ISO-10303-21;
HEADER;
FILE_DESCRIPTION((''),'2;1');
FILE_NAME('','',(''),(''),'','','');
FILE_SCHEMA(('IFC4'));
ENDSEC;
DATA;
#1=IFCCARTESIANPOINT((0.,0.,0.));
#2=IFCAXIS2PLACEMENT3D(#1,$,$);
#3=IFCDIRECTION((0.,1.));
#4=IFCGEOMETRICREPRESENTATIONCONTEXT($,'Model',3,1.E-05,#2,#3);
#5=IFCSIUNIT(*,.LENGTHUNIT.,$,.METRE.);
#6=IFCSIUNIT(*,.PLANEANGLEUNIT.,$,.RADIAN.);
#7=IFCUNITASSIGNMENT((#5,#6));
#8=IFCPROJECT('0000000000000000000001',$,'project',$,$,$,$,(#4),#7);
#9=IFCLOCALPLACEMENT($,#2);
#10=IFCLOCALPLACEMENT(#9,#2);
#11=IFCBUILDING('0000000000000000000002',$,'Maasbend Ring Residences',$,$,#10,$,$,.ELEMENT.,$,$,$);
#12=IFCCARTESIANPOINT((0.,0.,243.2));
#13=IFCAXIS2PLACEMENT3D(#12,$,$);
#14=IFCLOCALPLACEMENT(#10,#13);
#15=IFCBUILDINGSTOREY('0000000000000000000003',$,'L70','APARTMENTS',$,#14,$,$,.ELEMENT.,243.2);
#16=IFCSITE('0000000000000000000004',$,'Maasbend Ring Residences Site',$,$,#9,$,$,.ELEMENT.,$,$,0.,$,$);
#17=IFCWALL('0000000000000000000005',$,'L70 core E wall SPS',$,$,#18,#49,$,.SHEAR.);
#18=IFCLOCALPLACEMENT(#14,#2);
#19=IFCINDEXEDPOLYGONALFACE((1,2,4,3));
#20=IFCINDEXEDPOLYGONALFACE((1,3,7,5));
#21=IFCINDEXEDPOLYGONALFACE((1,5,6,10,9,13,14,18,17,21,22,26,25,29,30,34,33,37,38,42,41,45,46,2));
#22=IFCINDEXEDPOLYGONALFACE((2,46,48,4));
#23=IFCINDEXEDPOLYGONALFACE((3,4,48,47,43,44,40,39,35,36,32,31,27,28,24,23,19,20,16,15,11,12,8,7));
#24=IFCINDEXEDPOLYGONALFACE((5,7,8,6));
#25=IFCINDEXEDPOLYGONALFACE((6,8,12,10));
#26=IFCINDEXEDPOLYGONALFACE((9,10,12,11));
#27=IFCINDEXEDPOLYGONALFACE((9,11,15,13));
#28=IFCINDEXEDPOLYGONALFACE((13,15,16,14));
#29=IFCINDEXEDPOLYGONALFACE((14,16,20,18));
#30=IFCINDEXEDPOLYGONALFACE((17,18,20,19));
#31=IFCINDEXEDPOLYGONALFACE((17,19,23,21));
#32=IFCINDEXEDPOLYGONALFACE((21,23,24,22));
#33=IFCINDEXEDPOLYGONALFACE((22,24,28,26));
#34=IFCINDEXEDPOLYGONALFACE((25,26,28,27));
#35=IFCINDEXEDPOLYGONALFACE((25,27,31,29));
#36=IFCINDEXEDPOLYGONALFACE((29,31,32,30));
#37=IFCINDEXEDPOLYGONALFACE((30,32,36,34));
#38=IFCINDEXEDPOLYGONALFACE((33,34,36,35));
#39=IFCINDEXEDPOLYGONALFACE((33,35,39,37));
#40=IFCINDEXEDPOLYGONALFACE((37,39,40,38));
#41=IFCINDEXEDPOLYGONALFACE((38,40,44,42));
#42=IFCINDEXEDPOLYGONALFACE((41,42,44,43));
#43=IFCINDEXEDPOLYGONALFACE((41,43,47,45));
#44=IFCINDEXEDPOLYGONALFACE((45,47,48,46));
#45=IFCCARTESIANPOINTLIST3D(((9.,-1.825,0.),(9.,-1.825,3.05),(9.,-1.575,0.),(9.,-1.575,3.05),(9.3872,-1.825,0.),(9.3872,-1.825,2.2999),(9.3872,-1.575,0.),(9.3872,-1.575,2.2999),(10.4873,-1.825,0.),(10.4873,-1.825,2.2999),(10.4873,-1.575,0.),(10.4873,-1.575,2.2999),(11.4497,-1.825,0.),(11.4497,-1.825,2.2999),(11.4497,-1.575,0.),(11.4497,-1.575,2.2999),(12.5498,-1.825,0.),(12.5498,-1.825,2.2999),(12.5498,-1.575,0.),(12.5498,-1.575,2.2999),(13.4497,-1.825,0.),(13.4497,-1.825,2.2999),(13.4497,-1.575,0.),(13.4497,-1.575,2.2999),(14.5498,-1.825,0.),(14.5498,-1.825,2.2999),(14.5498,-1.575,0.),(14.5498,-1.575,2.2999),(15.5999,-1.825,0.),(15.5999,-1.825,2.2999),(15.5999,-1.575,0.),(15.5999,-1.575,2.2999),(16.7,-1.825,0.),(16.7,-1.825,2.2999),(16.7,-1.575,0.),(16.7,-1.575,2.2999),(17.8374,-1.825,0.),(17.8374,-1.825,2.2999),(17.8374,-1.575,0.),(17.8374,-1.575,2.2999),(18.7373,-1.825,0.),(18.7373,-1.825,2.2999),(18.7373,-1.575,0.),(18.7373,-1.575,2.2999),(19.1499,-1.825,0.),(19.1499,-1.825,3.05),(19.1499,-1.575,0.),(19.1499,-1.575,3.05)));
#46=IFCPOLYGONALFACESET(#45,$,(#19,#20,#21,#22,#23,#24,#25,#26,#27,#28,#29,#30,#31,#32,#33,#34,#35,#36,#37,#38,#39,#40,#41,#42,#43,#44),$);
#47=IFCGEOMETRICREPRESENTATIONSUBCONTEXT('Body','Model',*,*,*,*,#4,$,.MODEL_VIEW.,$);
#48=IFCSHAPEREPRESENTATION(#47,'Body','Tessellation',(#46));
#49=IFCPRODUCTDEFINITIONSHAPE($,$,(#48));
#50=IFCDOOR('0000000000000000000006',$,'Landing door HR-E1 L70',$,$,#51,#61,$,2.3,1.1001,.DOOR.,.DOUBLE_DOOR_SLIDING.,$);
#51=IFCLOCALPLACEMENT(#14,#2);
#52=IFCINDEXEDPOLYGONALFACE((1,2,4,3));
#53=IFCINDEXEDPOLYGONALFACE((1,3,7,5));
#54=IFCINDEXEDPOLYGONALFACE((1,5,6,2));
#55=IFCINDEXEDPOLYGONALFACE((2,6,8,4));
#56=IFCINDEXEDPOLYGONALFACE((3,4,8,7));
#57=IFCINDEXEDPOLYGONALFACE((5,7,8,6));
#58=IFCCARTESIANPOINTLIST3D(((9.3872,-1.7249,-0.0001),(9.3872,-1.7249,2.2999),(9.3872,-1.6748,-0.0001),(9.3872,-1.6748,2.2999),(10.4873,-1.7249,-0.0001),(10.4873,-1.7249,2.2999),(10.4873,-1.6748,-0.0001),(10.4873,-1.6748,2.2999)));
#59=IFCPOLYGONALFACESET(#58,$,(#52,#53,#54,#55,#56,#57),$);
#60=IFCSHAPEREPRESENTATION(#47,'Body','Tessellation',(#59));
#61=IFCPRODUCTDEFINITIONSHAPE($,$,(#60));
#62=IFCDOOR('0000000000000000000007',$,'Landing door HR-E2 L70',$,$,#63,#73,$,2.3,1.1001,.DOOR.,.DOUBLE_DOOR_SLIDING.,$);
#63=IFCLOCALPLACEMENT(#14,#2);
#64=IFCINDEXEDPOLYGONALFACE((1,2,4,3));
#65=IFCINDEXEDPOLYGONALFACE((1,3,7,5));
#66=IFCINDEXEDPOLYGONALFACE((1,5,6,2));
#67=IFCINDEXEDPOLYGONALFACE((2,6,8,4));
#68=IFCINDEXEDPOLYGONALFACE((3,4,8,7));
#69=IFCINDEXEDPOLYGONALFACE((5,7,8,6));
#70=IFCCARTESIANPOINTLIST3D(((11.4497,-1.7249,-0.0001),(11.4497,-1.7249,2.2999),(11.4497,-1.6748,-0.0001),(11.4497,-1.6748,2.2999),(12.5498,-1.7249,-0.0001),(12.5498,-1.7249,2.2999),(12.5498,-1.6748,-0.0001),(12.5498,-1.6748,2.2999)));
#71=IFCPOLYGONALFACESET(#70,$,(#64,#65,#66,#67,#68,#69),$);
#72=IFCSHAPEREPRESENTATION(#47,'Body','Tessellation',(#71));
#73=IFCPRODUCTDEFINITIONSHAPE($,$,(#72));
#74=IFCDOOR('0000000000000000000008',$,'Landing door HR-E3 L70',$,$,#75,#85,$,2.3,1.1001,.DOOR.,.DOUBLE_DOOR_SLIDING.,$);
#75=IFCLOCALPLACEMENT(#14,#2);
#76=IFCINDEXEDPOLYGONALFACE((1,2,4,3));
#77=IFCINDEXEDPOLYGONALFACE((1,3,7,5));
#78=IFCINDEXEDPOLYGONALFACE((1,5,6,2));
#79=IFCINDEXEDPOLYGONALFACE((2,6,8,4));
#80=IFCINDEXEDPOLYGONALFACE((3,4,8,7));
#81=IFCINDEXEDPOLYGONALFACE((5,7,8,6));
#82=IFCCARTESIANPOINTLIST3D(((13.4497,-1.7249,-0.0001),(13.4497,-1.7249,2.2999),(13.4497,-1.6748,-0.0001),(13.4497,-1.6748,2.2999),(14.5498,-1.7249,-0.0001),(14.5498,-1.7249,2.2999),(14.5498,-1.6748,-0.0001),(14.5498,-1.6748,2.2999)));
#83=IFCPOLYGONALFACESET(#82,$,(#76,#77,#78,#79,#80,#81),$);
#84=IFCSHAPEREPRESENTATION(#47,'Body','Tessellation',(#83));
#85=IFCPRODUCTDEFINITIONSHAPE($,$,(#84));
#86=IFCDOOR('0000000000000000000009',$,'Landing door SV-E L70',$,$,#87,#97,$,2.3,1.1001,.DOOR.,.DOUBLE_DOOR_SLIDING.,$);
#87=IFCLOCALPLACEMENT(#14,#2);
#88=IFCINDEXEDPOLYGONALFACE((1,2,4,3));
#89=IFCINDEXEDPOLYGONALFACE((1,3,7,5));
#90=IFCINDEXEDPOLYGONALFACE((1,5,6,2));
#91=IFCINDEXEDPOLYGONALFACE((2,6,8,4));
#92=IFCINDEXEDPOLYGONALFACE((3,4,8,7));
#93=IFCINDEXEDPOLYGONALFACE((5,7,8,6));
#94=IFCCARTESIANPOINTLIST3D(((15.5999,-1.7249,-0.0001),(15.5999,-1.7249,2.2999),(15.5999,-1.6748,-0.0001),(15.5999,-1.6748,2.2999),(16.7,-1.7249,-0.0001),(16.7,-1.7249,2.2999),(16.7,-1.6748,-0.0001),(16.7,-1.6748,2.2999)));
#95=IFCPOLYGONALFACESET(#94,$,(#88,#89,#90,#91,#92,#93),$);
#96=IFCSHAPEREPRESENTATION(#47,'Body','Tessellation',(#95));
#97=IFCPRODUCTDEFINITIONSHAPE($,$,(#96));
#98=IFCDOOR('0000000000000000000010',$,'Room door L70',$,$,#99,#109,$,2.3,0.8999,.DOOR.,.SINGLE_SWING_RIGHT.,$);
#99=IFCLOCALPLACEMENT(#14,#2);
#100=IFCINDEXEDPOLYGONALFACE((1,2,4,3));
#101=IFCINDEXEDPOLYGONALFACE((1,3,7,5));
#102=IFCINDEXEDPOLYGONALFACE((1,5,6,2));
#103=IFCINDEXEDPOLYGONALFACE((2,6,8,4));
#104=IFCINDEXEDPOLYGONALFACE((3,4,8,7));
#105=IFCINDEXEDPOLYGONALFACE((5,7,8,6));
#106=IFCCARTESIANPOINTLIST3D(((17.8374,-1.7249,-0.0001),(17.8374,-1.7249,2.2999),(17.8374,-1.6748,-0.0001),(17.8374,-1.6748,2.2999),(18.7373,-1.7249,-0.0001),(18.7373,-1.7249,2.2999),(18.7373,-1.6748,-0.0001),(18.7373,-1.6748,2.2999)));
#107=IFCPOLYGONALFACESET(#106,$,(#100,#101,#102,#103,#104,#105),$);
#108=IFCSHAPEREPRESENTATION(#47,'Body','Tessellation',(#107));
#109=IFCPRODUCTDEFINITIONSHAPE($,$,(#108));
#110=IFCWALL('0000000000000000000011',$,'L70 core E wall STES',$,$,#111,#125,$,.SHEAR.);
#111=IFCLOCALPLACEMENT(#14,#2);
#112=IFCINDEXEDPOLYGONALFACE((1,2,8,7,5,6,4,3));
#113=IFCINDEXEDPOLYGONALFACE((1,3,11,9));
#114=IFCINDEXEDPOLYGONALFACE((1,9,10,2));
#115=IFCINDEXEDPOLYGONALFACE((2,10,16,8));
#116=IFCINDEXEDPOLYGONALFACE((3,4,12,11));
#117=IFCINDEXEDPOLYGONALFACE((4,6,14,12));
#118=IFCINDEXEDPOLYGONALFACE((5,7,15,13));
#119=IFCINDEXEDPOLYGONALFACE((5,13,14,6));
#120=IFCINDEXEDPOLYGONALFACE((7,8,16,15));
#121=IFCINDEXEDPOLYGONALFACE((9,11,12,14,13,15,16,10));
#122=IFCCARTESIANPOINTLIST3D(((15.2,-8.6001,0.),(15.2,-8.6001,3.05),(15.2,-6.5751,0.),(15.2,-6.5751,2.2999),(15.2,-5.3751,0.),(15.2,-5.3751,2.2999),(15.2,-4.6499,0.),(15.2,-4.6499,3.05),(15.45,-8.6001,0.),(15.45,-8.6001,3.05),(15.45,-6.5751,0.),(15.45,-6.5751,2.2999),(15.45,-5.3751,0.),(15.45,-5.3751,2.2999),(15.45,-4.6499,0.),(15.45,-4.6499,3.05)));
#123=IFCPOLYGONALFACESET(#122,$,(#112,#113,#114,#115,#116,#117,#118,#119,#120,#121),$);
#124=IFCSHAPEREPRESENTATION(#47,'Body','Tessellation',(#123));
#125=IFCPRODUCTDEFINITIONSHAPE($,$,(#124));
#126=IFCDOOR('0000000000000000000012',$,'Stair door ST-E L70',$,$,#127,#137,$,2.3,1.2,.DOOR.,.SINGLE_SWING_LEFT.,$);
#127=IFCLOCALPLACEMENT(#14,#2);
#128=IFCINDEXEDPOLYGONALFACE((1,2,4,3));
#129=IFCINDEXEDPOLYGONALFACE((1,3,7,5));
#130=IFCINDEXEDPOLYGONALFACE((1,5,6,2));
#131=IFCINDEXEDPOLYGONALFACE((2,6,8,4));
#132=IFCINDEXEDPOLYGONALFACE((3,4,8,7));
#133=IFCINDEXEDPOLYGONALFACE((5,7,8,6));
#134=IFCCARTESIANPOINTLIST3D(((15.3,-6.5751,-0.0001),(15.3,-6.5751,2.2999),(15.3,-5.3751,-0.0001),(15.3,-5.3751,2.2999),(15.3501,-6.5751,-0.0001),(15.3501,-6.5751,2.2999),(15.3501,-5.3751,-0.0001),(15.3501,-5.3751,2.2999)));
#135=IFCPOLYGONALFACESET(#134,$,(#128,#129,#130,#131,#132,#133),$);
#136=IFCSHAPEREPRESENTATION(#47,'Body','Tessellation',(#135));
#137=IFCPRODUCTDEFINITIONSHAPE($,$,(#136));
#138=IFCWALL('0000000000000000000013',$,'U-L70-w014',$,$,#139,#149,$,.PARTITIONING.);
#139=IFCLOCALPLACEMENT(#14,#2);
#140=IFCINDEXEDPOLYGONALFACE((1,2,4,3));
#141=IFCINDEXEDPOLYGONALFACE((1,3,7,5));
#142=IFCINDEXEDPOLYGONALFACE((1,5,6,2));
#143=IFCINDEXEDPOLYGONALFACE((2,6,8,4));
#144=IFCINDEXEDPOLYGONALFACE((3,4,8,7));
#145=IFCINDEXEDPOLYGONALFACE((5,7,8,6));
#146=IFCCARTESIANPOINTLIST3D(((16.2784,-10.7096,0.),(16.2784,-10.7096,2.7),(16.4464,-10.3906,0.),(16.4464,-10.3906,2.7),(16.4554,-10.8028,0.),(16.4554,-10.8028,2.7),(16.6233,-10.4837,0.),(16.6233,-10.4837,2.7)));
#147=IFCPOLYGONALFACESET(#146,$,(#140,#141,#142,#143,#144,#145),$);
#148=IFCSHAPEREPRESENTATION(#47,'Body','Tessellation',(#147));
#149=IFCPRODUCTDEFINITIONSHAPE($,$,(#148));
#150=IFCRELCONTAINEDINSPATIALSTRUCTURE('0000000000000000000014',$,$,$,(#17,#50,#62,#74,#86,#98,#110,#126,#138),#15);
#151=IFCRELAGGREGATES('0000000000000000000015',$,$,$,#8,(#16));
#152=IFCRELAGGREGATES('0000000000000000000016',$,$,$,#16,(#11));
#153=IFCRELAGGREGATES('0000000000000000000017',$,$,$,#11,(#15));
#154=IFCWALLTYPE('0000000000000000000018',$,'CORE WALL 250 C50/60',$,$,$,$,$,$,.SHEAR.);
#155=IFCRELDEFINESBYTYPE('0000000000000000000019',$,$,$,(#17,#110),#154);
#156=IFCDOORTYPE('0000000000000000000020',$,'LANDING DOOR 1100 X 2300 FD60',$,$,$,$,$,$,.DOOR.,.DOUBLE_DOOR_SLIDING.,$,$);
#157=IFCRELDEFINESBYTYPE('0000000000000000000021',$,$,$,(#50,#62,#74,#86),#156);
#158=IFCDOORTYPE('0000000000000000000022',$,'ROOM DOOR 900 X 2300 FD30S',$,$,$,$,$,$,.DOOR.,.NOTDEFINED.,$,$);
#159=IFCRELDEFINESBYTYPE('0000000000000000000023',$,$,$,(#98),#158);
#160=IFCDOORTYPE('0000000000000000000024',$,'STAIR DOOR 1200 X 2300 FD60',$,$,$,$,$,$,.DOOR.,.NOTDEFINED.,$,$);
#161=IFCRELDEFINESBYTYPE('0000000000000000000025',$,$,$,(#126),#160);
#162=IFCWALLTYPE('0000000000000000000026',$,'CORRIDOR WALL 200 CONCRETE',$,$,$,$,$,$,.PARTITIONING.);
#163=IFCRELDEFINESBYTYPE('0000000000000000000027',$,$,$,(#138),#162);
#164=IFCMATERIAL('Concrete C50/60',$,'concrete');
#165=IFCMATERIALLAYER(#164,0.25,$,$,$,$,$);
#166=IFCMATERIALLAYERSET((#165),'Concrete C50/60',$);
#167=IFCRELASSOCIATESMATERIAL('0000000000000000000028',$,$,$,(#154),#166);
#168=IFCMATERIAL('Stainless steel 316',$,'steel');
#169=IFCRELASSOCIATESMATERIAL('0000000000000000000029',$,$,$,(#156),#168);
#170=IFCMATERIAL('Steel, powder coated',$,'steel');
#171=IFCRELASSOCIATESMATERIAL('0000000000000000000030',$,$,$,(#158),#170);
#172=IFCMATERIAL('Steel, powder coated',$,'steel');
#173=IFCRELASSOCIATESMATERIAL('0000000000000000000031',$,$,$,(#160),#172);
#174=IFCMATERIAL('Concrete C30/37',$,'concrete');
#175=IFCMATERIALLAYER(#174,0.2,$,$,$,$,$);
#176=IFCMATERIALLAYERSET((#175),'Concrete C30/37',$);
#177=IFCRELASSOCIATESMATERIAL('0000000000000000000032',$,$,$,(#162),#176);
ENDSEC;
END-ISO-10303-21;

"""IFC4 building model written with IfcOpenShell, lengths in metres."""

from ifc_helpers import new_model, si_unit, direction, frame, frame_2d, origin, place, context, subcontext, project, spatial, rectangle, extrude, material, layer, layer_set, type_object, element, fill, save


model = new_model("IFC4")

# Units and contexts
model_context = context("Model", 3, precision=1e-05, world=origin(), true_north=direction((0.0, 1.0)))
body_context = subcontext(model_context, "Body", "Model", "MODEL_VIEW")
ifc_project = project(units=[si_unit("LENGTHUNIT", "METRE"), si_unit("PLANEANGLEUNIT", "RADIAN")], contexts=[model_context])

# Site, building, storey
site_placement = place(None, origin())
site = spatial("IfcSite", under=ifc_project, at=site_placement, Name="Maasbend Ring Residences Site", CompositionType="ELEMENT", RefElevation=0.0)
building_placement = place(site_placement, origin())
building = spatial("IfcBuilding", under=site, at=building_placement, Name="Maasbend Ring Residences", CompositionType="ELEMENT")
storey_placement = place(building_placement, frame((0.0, 0.0, 243.2)))
storey = spatial("IfcBuildingStorey", under=building, at=storey_placement, Name="L70", Description="APARTMENTS", CompositionType="ELEMENT", Elevation=243.2)

# Wall, openings, doors
ifc_material_1 = material(Name="Concrete C50/60", Category="concrete")
ifc_layer_1 = layer(ifc_material_1, 0.25)
ifc_layer_set_1 = layer_set([ifc_layer_1], Name="Concrete C50/60")
wall_type_1 = type_object("IfcWallType", Name="CORE WALL 250 C50/60", PredefinedType="SHEAR", material=ifc_layer_set_1)
wall_1_placement = place(storey_placement, frame((19.1499, -1.7, 0.0), z_axis=(0.0, 0.0, 1.0), x_axis=(-1.0, 0.0, 0.0)))
wall_1 = element("IfcWall", 1, at=wall_1_placement, inside=storey, type_object=wall_type_1, Name="L70 core E wall SPS", PredefinedType="SHEAR", context=body_context, shape_type="SweptSolid", body=[
    extrude(rectangle(XDim=10.1499, YDim=0.25, at=frame_2d((5.075, 0.0))), origin(), (0.0, 0.0, 1.0), 3.05),
])
opening_1_placement = place(wall_1_placement, frame((8.6626, 0.0, 0.0)))
opening_1 = element("IfcOpeningElement", 2, at=opening_1_placement, cuts=wall_1, PredefinedType="OPENING", context=body_context, shape_type="SweptSolid", body=[
    extrude(rectangle(XDim=1.1001, YDim=2.3, at=frame_2d((0.55, 1.1499))), frame((0.0, 0.135, 0.0), z_axis=(0.0, -1.0, 0.0), x_axis=(1.0, 0.0, 0.0)), (0.0, 0.0, 1.0), 0.27),
])
opening_2_placement = place(wall_1_placement, frame((6.6001, 0.0, 0.0)))
opening_2 = element("IfcOpeningElement", 3, at=opening_2_placement, cuts=wall_1, PredefinedType="OPENING", context=body_context, shape_type="SweptSolid", body=[
    extrude(rectangle(XDim=1.1001, YDim=2.3, at=frame_2d((0.55, 1.1499))), frame((0.0, 0.135, 0.0), z_axis=(0.0, -1.0, 0.0), x_axis=(1.0, 0.0, 0.0)), (0.0, 0.0, 1.0), 0.27),
])
opening_3_placement = place(wall_1_placement, frame((4.6001, 0.0, 0.0)))
opening_3 = element("IfcOpeningElement", 4, at=opening_3_placement, cuts=wall_1, PredefinedType="OPENING", context=body_context, shape_type="SweptSolid", body=[
    extrude(rectangle(XDim=1.1001, YDim=2.3, at=frame_2d((0.55, 1.1499))), frame((0.0, 0.135, 0.0), z_axis=(0.0, -1.0, 0.0), x_axis=(1.0, 0.0, 0.0)), (0.0, 0.0, 1.0), 0.27),
])
opening_4_placement = place(wall_1_placement, frame((2.45, 0.0, 0.0)))
opening_4 = element("IfcOpeningElement", 5, at=opening_4_placement, cuts=wall_1, PredefinedType="OPENING", context=body_context, shape_type="SweptSolid", body=[
    extrude(rectangle(XDim=1.1001, YDim=2.3, at=frame_2d((0.55, 1.1499))), frame((0.0, 0.135, 0.0), z_axis=(0.0, -1.0, 0.0), x_axis=(1.0, 0.0, 0.0)), (0.0, 0.0, 1.0), 0.27),
])
opening_5_placement = place(wall_1_placement, frame((0.4126, 0.0, 0.0)))
opening_5 = element("IfcOpeningElement", 6, at=opening_5_placement, cuts=wall_1, PredefinedType="OPENING", context=body_context, shape_type="SweptSolid", body=[
    extrude(rectangle(XDim=0.8999, YDim=2.3, at=frame_2d((0.45, 1.1499))), frame((0.0, 0.135, 0.0), z_axis=(0.0, -1.0, 0.0), x_axis=(1.0, 0.0, 0.0)), (0.0, 0.0, 1.0), 0.27),
])
ifc_material_2 = material(Name="Stainless steel 316", Category="steel")
door_type_1 = type_object("IfcDoorType", Name="LANDING DOOR 1100 X 2300 FD60", OperationType="DOUBLE_DOOR_SLIDING", PredefinedType="DOOR", material=ifc_material_2)
door_1_placement = place(opening_1_placement, origin())
door_1 = element("IfcDoor", 7, at=door_1_placement, inside=storey, type_object=door_type_1, Name="Landing door HR-E1 L70", OperationType="DOUBLE_DOOR_SLIDING", OverallHeight=2.3, OverallWidth=1.1001, PredefinedType="DOOR", context=body_context, shape_type="SweptSolid", body=[
    extrude(rectangle(XDim=1.1001, YDim=2.3, at=frame_2d((0.55, 1.1499))), frame((0.0, 0.0249, 0.0), z_axis=(0.0, -1.0, 0.0), x_axis=(1.0, 0.0, 0.0)), (0.0, 0.0, 1.0), 0.05),
])
fill(opening_1, door_1)
door_2_placement = place(opening_2_placement, origin())
door_2 = element("IfcDoor", 8, at=door_2_placement, inside=storey, type_object=door_type_1, Name="Landing door HR-E2 L70", OperationType="DOUBLE_DOOR_SLIDING", OverallHeight=2.3, OverallWidth=1.1001, PredefinedType="DOOR", context=body_context, shape_type="SweptSolid", body=[
    extrude(rectangle(XDim=1.1001, YDim=2.3, at=frame_2d((0.55, 1.1499))), frame((0.0, 0.0249, 0.0), z_axis=(0.0, -1.0, 0.0), x_axis=(1.0, 0.0, 0.0)), (0.0, 0.0, 1.0), 0.05),
])
fill(opening_2, door_2)
door_3_placement = place(opening_3_placement, origin())
door_3 = element("IfcDoor", 9, at=door_3_placement, inside=storey, type_object=door_type_1, Name="Landing door HR-E3 L70", OperationType="DOUBLE_DOOR_SLIDING", OverallHeight=2.3, OverallWidth=1.1001, PredefinedType="DOOR", context=body_context, shape_type="SweptSolid", body=[
    extrude(rectangle(XDim=1.1001, YDim=2.3, at=frame_2d((0.55, 1.1499))), frame((0.0, 0.0249, 0.0), z_axis=(0.0, -1.0, 0.0), x_axis=(1.0, 0.0, 0.0)), (0.0, 0.0, 1.0), 0.05),
])
fill(opening_3, door_3)
door_4_placement = place(opening_4_placement, origin())
door_4 = element("IfcDoor", 10, at=door_4_placement, inside=storey, type_object=door_type_1, Name="Landing door SV-E L70", OperationType="DOUBLE_DOOR_SLIDING", OverallHeight=2.3, OverallWidth=1.1001, PredefinedType="DOOR", context=body_context, shape_type="SweptSolid", body=[
    extrude(rectangle(XDim=1.1001, YDim=2.3, at=frame_2d((0.55, 1.1499))), frame((0.0, 0.0249, 0.0), z_axis=(0.0, -1.0, 0.0), x_axis=(1.0, 0.0, 0.0)), (0.0, 0.0, 1.0), 0.05),
])
fill(opening_4, door_4)
ifc_material_3 = material(Name="Steel, powder coated", Category="steel")
door_type_2 = type_object("IfcDoorType", Name="ROOM DOOR 900 X 2300 FD30S", OperationType="NOTDEFINED", PredefinedType="DOOR", material=ifc_material_3)
door_5_placement = place(opening_5_placement, origin())
door_5 = element("IfcDoor", 11, at=door_5_placement, inside=storey, type_object=door_type_2, Name="Room door L70", OperationType="SINGLE_SWING_RIGHT", OverallHeight=2.3, OverallWidth=0.8999, PredefinedType="DOOR", context=body_context, shape_type="SweptSolid", body=[
    extrude(rectangle(XDim=0.8999, YDim=2.3, at=frame_2d((0.45, 1.1499))), frame((0.0, 0.0249, 0.0), z_axis=(0.0, -1.0, 0.0), x_axis=(1.0, 0.0, 0.0)), (0.0, 0.0, 1.0), 0.05),
])
fill(opening_5, door_5)

# Wall, opening, door
wall_2_placement = place(storey_placement, frame((15.325, -8.6001, 0.0), z_axis=(0.0, 0.0, 1.0), x_axis=(0.0, 1.0, 0.0)))
wall_2 = element("IfcWall", 12, at=wall_2_placement, inside=storey, type_object=wall_type_1, Name="L70 core E wall STES", PredefinedType="SHEAR", context=body_context, shape_type="SweptSolid", body=[
    extrude(rectangle(XDim=3.9502, YDim=0.25, at=frame_2d((1.9751, 0.0))), origin(), (0.0, 0.0, 1.0), 3.05),
])
opening_6_placement = place(wall_2_placement, frame((2.0249, 0.0, 0.0)))
opening_6 = element("IfcOpeningElement", 13, at=opening_6_placement, cuts=wall_2, PredefinedType="OPENING", context=body_context, shape_type="SweptSolid", body=[
    extrude(rectangle(XDim=1.2, YDim=2.3, at=frame_2d((0.6001, 1.1499))), frame((0.0, 0.135, 0.0), z_axis=(0.0, -1.0, 0.0), x_axis=(1.0, 0.0, 0.0)), (0.0, 0.0, 1.0), 0.27),
])
ifc_material_4 = material(Name="Steel, powder coated", Category="steel")
door_type_3 = type_object("IfcDoorType", Name="STAIR DOOR 1200 X 2300 FD60", OperationType="NOTDEFINED", PredefinedType="DOOR", material=ifc_material_4)
door_6_placement = place(opening_6_placement, origin())
door_6 = element("IfcDoor", 14, at=door_6_placement, inside=storey, type_object=door_type_3, Name="Stair door ST-E L70", OperationType="SINGLE_SWING_LEFT", OverallHeight=2.3, OverallWidth=1.2, PredefinedType="DOOR", context=body_context, shape_type="SweptSolid", body=[
    extrude(rectangle(XDim=1.2, YDim=2.3, at=frame_2d((0.6001, 1.1499))), frame((0.0, 0.0249, 0.0), z_axis=(0.0, -1.0, 0.0), x_axis=(1.0, 0.0, 0.0)), (0.0, 0.0, 1.0), 0.05),
])
fill(opening_6, door_6)

# Wall
ifc_material_5 = material(Name="Concrete C30/37", Category="concrete")
ifc_layer_2 = layer(ifc_material_5, 0.2)
ifc_layer_set_2 = layer_set([ifc_layer_2], Name="Concrete C30/37")
wall_type_2 = type_object("IfcWallType", Name="CORRIDOR WALL 200 CONCRETE", PredefinedType="PARTITIONING", material=ifc_layer_set_2)
wall_3_placement = place(storey_placement, frame((16.3669, -10.7561, 0.0), z_axis=(0.0, 0.0, 1.0), x_axis=(0.465802, 0.884889, 0.0)))
element("IfcWall", 15, at=wall_3_placement, inside=storey, type_object=wall_type_2, Name="U-L70-w014", PredefinedType="PARTITIONING", context=body_context, shape_type="SweptSolid", body=[
    extrude(rectangle(XDim=0.3606, YDim=0.2, at=frame_2d((0.1802, 0.0))), origin(), (0.0, 0.0, 1.0), 2.7),
])

save(model, "model.ifc")
